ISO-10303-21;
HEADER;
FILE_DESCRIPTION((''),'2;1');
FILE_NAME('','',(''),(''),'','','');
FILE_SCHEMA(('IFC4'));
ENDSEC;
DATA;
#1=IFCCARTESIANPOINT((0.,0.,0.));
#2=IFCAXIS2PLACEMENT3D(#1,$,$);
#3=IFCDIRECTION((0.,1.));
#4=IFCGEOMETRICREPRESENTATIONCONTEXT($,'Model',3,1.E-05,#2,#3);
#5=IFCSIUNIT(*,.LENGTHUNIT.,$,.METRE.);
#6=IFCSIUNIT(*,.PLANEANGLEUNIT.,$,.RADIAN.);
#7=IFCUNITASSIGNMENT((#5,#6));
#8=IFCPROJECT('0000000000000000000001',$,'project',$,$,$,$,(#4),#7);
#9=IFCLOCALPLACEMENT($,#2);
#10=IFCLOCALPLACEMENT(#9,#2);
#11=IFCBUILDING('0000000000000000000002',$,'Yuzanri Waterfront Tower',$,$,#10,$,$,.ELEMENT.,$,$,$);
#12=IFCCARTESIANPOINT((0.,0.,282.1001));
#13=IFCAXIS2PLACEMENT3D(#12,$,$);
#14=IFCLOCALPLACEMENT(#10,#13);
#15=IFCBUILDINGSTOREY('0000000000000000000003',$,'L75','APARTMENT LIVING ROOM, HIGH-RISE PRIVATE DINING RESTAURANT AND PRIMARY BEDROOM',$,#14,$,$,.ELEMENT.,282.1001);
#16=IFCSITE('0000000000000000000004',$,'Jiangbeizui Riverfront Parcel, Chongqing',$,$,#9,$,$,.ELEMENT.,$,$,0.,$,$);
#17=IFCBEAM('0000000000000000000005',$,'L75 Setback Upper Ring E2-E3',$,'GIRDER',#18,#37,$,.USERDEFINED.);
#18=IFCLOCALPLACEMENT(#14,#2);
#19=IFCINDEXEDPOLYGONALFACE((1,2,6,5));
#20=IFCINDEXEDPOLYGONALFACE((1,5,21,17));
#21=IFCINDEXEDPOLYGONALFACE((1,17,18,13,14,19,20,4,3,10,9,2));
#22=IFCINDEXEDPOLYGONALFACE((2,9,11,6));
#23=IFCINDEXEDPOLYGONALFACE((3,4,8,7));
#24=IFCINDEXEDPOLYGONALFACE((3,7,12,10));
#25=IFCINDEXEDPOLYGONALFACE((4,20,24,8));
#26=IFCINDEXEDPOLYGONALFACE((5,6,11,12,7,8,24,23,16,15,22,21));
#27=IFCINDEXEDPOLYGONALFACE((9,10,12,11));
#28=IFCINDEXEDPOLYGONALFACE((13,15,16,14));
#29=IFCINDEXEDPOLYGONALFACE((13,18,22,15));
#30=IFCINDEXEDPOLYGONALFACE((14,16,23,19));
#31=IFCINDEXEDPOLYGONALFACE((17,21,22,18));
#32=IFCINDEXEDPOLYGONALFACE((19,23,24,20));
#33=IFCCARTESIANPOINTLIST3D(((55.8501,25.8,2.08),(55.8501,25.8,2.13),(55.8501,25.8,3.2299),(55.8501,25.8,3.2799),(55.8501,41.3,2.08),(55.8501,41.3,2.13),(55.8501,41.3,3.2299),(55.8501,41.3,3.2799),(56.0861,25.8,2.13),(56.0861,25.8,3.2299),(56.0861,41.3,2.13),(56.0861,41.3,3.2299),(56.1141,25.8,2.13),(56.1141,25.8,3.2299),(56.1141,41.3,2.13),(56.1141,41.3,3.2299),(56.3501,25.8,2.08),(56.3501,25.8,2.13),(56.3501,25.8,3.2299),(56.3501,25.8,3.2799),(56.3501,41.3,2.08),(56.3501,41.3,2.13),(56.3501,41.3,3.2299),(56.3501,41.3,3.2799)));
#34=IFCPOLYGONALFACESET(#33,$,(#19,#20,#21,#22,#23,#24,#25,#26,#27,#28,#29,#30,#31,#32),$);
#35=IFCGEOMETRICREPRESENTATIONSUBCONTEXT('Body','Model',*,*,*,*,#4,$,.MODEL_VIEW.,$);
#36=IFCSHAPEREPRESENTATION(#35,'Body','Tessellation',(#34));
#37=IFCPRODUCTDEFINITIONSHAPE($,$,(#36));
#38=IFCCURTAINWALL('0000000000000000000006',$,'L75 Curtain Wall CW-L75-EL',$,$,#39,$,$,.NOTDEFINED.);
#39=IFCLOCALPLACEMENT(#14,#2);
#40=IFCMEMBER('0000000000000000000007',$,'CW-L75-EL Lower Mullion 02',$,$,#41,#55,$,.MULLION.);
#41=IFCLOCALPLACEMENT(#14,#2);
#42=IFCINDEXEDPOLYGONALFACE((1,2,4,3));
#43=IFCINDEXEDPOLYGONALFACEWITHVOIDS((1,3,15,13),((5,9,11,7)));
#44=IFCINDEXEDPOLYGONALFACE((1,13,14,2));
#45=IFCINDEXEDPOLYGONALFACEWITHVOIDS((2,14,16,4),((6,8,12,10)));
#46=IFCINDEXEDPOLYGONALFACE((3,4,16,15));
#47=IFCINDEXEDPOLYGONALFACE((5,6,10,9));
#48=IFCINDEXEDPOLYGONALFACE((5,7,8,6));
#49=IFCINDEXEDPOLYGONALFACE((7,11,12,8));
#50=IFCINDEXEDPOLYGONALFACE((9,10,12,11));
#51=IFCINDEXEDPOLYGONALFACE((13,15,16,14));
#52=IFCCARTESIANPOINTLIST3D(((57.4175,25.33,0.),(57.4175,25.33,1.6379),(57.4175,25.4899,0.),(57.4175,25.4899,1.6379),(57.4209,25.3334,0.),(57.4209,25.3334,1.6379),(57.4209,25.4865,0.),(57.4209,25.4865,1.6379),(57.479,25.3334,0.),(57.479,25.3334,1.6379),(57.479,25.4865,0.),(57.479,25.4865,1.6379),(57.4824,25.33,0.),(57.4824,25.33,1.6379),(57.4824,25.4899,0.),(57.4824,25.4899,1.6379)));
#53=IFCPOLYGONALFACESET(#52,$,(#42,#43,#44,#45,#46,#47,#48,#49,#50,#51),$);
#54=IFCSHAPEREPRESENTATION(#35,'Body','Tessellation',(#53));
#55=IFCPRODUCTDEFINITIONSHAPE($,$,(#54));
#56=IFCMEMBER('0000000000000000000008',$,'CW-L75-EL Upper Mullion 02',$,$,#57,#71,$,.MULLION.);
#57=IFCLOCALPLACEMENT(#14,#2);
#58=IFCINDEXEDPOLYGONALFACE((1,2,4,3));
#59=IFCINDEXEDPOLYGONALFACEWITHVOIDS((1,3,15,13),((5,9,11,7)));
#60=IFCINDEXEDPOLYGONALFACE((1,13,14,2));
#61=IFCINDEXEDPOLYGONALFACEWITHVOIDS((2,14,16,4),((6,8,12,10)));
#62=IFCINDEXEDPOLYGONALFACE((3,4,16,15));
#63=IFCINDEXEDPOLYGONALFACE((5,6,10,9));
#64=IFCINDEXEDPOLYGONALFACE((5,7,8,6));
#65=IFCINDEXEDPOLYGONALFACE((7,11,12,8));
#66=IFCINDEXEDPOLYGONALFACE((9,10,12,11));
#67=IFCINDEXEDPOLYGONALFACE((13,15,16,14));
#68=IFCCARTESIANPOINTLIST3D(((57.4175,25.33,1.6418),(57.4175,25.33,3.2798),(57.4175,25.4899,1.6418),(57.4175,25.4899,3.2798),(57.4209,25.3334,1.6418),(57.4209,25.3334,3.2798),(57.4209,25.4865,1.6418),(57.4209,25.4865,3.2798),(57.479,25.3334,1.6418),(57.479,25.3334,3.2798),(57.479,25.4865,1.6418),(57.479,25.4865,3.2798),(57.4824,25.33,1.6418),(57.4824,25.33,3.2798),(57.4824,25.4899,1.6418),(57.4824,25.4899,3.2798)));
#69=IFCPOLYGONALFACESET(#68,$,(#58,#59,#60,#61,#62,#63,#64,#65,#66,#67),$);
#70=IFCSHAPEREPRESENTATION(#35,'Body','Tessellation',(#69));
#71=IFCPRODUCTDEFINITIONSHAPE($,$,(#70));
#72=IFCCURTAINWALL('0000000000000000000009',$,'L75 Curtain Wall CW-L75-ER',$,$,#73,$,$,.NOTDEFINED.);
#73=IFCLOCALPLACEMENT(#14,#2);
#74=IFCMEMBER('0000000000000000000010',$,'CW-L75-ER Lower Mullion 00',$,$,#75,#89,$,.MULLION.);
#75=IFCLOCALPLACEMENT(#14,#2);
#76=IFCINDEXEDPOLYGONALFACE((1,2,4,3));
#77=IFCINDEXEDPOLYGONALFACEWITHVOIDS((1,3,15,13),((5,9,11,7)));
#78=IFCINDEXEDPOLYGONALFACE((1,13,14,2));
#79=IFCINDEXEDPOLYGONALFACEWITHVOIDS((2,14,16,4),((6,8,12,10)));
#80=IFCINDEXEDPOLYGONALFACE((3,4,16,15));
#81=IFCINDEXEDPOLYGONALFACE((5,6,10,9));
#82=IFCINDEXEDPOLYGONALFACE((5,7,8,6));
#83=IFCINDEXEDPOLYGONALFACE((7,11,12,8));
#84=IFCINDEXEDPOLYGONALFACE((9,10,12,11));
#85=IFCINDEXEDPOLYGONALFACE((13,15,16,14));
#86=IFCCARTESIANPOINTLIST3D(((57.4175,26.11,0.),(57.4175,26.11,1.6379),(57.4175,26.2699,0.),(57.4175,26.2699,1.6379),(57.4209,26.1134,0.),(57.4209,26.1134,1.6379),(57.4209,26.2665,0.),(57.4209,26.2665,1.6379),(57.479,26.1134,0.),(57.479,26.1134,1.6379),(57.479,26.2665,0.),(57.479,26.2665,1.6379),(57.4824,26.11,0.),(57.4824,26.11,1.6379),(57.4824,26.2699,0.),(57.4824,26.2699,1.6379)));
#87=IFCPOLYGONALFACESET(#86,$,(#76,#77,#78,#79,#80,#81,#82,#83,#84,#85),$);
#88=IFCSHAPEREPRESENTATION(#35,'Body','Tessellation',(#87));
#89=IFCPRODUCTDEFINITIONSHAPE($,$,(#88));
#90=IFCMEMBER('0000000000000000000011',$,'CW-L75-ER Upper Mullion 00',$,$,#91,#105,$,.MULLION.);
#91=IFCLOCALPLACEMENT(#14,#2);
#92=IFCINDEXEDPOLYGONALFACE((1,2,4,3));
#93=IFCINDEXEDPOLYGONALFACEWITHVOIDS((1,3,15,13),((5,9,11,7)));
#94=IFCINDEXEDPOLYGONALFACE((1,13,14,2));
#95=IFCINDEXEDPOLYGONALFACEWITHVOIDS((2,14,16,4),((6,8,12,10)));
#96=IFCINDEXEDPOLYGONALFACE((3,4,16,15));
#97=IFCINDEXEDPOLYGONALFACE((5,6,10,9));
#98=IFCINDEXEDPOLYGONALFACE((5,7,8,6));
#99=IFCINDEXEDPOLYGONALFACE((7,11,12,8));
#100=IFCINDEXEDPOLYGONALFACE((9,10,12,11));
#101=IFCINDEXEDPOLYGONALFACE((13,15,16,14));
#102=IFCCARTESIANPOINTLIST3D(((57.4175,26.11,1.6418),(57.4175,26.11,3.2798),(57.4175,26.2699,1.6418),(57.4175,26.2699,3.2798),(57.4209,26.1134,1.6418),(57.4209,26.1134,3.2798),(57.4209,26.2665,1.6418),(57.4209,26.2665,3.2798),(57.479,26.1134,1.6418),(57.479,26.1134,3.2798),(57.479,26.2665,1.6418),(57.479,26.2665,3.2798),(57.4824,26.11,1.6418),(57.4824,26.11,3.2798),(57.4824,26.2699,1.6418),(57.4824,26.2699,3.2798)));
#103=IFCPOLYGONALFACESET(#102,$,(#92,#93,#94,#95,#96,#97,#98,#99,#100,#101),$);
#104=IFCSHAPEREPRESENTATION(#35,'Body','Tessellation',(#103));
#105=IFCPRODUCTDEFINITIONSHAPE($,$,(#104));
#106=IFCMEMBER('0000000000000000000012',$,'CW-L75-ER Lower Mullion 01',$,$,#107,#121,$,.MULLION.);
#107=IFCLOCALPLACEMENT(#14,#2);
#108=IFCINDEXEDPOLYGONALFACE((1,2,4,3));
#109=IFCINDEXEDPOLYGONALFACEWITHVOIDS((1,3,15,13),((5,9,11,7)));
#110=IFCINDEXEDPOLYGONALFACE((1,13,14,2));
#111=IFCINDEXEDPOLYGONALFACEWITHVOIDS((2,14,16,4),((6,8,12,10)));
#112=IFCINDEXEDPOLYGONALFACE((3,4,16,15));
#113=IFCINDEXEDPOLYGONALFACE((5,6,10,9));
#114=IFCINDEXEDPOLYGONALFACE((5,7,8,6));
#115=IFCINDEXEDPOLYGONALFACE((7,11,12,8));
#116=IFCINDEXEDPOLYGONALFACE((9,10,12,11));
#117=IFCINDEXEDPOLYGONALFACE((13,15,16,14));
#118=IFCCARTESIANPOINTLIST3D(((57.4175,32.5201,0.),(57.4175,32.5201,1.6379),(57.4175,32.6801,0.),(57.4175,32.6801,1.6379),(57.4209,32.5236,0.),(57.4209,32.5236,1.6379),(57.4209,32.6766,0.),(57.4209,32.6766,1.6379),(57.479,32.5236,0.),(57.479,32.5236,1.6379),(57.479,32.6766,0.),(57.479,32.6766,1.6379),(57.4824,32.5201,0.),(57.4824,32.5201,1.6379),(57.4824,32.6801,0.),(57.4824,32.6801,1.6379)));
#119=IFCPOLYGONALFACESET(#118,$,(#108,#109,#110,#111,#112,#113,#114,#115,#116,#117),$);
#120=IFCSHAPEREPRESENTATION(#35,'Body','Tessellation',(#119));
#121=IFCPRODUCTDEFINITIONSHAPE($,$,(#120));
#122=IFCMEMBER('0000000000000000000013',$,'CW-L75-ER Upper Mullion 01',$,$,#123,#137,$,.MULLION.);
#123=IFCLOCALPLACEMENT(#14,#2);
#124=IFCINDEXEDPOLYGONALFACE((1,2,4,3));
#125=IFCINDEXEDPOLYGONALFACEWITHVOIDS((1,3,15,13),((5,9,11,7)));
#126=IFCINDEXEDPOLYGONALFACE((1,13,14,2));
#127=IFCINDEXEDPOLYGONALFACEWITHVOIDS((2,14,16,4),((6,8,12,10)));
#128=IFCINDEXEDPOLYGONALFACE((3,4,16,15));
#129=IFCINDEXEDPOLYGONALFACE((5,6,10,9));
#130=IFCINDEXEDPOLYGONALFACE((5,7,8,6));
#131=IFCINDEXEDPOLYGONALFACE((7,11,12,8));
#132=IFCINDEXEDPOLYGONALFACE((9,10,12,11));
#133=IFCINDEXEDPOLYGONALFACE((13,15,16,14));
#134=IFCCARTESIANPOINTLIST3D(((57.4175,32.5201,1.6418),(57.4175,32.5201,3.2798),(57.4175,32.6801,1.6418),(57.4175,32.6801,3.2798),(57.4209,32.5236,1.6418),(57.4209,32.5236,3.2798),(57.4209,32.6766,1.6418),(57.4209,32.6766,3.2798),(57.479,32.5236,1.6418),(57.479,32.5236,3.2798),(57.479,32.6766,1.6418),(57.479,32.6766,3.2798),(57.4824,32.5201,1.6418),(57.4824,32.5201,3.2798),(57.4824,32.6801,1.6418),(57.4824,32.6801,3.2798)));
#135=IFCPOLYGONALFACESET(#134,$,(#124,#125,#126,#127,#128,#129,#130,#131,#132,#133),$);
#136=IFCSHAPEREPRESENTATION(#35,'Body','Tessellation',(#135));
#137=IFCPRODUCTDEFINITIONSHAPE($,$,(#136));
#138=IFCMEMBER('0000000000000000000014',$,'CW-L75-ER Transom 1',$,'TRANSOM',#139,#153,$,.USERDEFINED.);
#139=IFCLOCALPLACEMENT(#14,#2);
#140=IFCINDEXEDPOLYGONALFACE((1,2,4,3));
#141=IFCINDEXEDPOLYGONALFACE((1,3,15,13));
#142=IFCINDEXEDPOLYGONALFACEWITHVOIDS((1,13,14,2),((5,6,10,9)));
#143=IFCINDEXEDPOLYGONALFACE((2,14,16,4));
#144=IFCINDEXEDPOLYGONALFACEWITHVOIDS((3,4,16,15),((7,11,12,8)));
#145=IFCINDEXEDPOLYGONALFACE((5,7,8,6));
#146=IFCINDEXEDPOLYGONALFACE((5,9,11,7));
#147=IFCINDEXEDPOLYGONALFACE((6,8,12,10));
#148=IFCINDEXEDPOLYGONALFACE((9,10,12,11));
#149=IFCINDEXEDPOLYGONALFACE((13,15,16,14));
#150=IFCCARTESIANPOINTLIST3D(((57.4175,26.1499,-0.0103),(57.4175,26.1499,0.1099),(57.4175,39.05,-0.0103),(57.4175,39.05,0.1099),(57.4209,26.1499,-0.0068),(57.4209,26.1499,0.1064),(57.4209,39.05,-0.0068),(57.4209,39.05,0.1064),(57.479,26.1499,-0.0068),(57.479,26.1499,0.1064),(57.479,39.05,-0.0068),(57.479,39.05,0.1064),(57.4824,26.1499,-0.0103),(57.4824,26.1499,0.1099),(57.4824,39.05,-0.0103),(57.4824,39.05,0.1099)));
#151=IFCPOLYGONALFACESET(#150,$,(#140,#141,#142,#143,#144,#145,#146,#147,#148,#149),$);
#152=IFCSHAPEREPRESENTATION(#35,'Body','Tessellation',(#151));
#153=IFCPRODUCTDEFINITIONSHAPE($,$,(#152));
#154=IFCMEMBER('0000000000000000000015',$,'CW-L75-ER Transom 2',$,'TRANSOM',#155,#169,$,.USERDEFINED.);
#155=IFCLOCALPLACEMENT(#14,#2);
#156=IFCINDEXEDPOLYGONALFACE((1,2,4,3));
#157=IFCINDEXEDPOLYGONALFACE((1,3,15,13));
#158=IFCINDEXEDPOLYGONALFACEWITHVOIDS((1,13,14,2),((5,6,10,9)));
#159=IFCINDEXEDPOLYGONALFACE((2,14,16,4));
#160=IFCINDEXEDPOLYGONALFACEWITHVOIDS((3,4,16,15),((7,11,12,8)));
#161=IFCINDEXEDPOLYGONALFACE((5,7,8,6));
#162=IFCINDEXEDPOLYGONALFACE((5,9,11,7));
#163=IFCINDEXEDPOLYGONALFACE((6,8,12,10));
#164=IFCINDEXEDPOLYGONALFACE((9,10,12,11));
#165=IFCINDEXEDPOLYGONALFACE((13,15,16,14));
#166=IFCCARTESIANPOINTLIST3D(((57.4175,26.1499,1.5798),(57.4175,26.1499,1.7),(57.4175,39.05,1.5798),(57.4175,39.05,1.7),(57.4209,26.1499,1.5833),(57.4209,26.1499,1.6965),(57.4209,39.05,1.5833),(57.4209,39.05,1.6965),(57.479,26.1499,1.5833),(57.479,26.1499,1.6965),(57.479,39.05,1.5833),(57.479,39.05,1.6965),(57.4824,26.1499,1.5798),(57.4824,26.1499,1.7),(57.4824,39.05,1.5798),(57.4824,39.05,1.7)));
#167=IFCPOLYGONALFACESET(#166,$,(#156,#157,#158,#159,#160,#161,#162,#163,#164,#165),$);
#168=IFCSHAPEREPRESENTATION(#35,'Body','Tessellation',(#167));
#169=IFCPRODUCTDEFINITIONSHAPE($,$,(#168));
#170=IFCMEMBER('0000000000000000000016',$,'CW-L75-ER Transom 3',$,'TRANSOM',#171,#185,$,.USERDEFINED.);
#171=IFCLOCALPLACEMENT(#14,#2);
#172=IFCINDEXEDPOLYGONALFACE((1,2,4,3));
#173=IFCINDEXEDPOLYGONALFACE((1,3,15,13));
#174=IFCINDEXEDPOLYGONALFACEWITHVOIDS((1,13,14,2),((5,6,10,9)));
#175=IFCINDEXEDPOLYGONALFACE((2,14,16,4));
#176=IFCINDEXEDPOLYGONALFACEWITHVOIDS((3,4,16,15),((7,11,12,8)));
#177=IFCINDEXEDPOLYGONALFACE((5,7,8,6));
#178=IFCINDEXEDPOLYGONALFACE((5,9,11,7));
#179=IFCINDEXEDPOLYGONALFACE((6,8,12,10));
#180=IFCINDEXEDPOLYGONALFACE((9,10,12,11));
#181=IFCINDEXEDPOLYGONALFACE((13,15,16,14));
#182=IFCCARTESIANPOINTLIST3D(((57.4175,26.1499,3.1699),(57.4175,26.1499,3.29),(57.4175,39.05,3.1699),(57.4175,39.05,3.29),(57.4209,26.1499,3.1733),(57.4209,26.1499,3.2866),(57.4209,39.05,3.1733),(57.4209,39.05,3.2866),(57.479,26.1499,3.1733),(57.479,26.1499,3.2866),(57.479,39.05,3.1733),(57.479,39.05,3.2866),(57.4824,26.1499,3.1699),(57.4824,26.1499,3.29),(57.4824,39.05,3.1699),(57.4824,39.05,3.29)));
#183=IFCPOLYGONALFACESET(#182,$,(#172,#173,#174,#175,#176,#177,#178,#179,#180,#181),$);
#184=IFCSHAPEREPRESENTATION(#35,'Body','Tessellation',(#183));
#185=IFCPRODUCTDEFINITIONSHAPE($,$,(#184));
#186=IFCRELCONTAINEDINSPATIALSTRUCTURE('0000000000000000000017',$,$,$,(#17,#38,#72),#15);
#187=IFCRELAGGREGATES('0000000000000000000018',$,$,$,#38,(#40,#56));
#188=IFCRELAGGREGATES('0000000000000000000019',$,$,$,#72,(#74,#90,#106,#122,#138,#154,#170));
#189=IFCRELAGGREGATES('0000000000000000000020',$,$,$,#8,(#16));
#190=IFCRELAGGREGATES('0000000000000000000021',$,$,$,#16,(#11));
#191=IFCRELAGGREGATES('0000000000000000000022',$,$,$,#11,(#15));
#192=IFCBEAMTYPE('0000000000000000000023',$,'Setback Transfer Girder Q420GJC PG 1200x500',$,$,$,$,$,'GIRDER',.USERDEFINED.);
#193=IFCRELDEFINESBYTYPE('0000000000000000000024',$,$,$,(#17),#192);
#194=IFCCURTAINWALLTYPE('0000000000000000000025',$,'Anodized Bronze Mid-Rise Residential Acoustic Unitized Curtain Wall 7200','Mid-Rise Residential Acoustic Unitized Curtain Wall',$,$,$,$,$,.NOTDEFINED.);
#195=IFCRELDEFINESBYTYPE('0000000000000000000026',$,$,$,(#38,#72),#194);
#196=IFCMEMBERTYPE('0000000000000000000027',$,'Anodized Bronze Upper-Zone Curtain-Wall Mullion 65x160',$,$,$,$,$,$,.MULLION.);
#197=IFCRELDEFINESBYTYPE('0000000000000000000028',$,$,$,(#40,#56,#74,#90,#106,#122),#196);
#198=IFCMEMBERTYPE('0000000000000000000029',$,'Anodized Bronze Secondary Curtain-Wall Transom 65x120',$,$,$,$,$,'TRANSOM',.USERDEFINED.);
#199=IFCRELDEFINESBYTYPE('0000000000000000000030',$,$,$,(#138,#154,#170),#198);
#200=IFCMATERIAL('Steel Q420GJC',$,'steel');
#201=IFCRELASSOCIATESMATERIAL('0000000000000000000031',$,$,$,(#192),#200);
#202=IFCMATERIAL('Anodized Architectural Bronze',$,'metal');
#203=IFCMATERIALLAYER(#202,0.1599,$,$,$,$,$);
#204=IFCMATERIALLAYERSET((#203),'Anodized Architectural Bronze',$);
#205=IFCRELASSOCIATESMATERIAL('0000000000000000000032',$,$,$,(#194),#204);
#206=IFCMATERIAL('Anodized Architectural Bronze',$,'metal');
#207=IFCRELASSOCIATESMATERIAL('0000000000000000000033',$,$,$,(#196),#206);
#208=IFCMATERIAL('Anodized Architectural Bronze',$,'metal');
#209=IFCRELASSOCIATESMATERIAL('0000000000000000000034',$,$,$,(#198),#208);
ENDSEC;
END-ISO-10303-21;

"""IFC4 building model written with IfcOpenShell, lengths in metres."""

from ifc_helpers import new_model, si_unit, direction, frame, origin, origin_2d, place, context, subcontext, project, spatial, hollow_rectangle, i_section, extrude, source, transform, mapped, material, layer, layer_set, material_profile, profile_set, type_object, element, aggregate, save


model = new_model("IFC4")

# Units and contexts
model_context = context("Model", 3, precision=1e-05, world=origin(), true_north=direction((0.0, 1.0)))
body_context = subcontext(model_context, "Body", "Model", "MODEL_VIEW")
ifc_project = project(units=[si_unit("LENGTHUNIT", "METRE"), si_unit("PLANEANGLEUNIT", "RADIAN")], contexts=[model_context])

# Site, building, storey
site_placement = place(None, origin())
site = spatial("IfcSite", under=ifc_project, at=site_placement, Name="Jiangbeizui Riverfront Parcel, Chongqing", CompositionType="ELEMENT", RefElevation=0.0)
building_placement = place(site_placement, origin())
building = spatial("IfcBuilding", under=site, at=building_placement, Name="Yuzanri Waterfront Tower", CompositionType="ELEMENT")
storey_placement = place(building_placement, frame((0.0, 0.0, 282.1001)))
storey = spatial("IfcBuildingStorey", under=building, at=storey_placement, Name="L75", Description="APARTMENT LIVING ROOM, HIGH-RISE PRIVATE DINING RESTAURANT AND PRIMARY BEDROOM", CompositionType="ELEMENT", Elevation=282.1001)

# Beam
ifc_material_1 = material(Name="Steel Q420GJC", Category="steel")
ifc_material_profile_1 = material_profile(ifc_material_1, i_section(OverallWidth=0.5, OverallDepth=1.2, WebThickness=0.0281, FlangeThickness=0.05, at=origin_2d()), Name="PG 1200x500x28x50")
ifc_profile_set_1 = profile_set([ifc_material_profile_1], Name="Steel Q420GJC")
beam_type_1 = type_object("IfcBeamType", Name="Setback Transfer Girder Q420GJC PG 1200x500", ElementType="GIRDER", PredefinedType="USERDEFINED", material=ifc_profile_set_1)
shared_shape_1 = source(origin(), body_context, "Body", "SweptSolid", [
    extrude(i_section(OverallWidth=0.5, OverallDepth=1.2, WebThickness=0.0281, FlangeThickness=0.05, at=origin_2d()), origin(), (0.0, 0.0, 1.0), 15.5),
])
beam_1_placement = place(storey_placement, frame((56.1001, 25.8, 2.6799), z_axis=(0.0, 1.0, 0.0), x_axis=(-1.0, 0.0, 0.0)))
element("IfcBeam", 1, at=beam_1_placement, inside=storey, type_object=beam_type_1, Name="L75 Setback Upper Ring E2-E3", ObjectType="GIRDER", PredefinedType="USERDEFINED", context=body_context, shape_type="MappedRepresentation", body=[
    mapped(shared_shape_1, transform((0.0, 0.0, 0.0), scale=1.0)),
])

# Curtain walls, members
ifc_material_2 = material(Name="Anodized Architectural Bronze", Category="metal")
ifc_layer_1 = layer(ifc_material_2, 0.1599)
ifc_layer_set_1 = layer_set([ifc_layer_1], Name="Anodized Architectural Bronze")
curtain_wall_type = type_object("IfcCurtainWallType", Name="Anodized Bronze Mid-Rise Residential Acoustic Unitized Curtain Wall 7200", Description="Mid-Rise Residential Acoustic Unitized Curtain Wall", PredefinedType="NOTDEFINED", material=ifc_layer_set_1)
curtain_wall_1_placement = place(storey_placement, origin())
curtain_wall_1 = element("IfcCurtainWall", 2, at=curtain_wall_1_placement, inside=storey, type_object=curtain_wall_type, Name="L75 Curtain Wall CW-L75-EL", PredefinedType="NOTDEFINED")
ifc_material_3 = material(Name="Anodized Architectural Bronze", Category="metal")
ifc_material_profile_2 = material_profile(ifc_material_3, hollow_rectangle(XDim=0.0649, YDim=0.1599, WallThickness=0.0034, at=origin_2d()), Name="CWM 65x160")
ifc_profile_set_2 = profile_set([ifc_material_profile_2], Name="Anodized Architectural Bronze")
member_type_1 = type_object("IfcMemberType", Name="Anodized Bronze Upper-Zone Curtain-Wall Mullion 65x160", PredefinedType="MULLION", material=ifc_profile_set_2)
shared_shape_2 = source(origin(), body_context, "Body", "SweptSolid", [
    extrude(hollow_rectangle(XDim=0.0649, YDim=0.1599, WallThickness=0.0034, at=origin_2d()), origin(), (0.0, 0.0, 1.0), 1.6379),
])
member_1_placement = place(storey_placement, frame((57.45, 25.4099, 0.0), z_axis=(0.0, 0.0, 1.0), x_axis=(1.0, 0.0, 0.0)))
member_1 = element("IfcMember", 3, at=member_1_placement, type_object=member_type_1, Name="CW-L75-EL Lower Mullion 02", PredefinedType="MULLION", context=body_context, shape_type="MappedRepresentation", body=[
    mapped(shared_shape_2, transform((0.0, 0.0, 0.0), scale=1.0)),
])
member_2_placement = place(storey_placement, frame((57.45, 25.4099, 1.6418), z_axis=(0.0, 0.0, 1.0), x_axis=(1.0, 0.0, 0.0)))
member_2 = element("IfcMember", 4, at=member_2_placement, type_object=member_type_1, Name="CW-L75-EL Upper Mullion 02", PredefinedType="MULLION", context=body_context, shape_type="MappedRepresentation", body=[
    mapped(shared_shape_2, transform((0.0, 0.0, 0.0), scale=1.0)),
])
aggregate(curtain_wall_1, [member_1, member_2])
curtain_wall_2_placement = place(storey_placement, origin())
curtain_wall_2 = element("IfcCurtainWall", 5, at=curtain_wall_2_placement, inside=storey, type_object=curtain_wall_type, Name="L75 Curtain Wall CW-L75-ER", PredefinedType="NOTDEFINED")
member_3_placement = place(storey_placement, frame((57.45, 26.1899, 0.0), z_axis=(0.0, 0.0, 1.0), x_axis=(1.0, 0.0, 0.0)))
member_3 = element("IfcMember", 6, at=member_3_placement, type_object=member_type_1, Name="CW-L75-ER Lower Mullion 00", PredefinedType="MULLION", context=body_context, shape_type="MappedRepresentation", body=[
    mapped(shared_shape_2, transform((0.0, 0.0, 0.0), scale=1.0)),
])
member_4_placement = place(storey_placement, frame((57.45, 26.1899, 1.6418), z_axis=(0.0, 0.0, 1.0), x_axis=(1.0, 0.0, 0.0)))
member_4 = element("IfcMember", 7, at=member_4_placement, type_object=member_type_1, Name="CW-L75-ER Upper Mullion 00", PredefinedType="MULLION", context=body_context, shape_type="MappedRepresentation", body=[
    mapped(shared_shape_2, transform((0.0, 0.0, 0.0), scale=1.0)),
])
member_5_placement = place(storey_placement, frame((57.45, 32.6001, 0.0), z_axis=(0.0, 0.0, 1.0), x_axis=(1.0, 0.0, 0.0)))
member_5 = element("IfcMember", 8, at=member_5_placement, type_object=member_type_1, Name="CW-L75-ER Lower Mullion 01", PredefinedType="MULLION", context=body_context, shape_type="MappedRepresentation", body=[
    mapped(shared_shape_2, transform((0.0, 0.0, 0.0), scale=1.0)),
])
member_6_placement = place(storey_placement, frame((57.45, 32.6001, 1.6418), z_axis=(0.0, 0.0, 1.0), x_axis=(1.0, 0.0, 0.0)))
member_6 = element("IfcMember", 9, at=member_6_placement, type_object=member_type_1, Name="CW-L75-ER Upper Mullion 01", PredefinedType="MULLION", context=body_context, shape_type="MappedRepresentation", body=[
    mapped(shared_shape_2, transform((0.0, 0.0, 0.0), scale=1.0)),
])
ifc_material_4 = material(Name="Anodized Architectural Bronze", Category="metal")
ifc_material_profile_3 = material_profile(ifc_material_4, hollow_rectangle(XDim=0.0649, YDim=0.1201, WallThickness=0.0034, at=origin_2d()), Name="CWT 65x120")
ifc_profile_set_3 = profile_set([ifc_material_profile_3], Name="Anodized Architectural Bronze")
member_type_2 = type_object("IfcMemberType", Name="Anodized Bronze Secondary Curtain-Wall Transom 65x120", ElementType="TRANSOM", PredefinedType="USERDEFINED", material=ifc_profile_set_3)
shared_shape_3 = source(origin(), body_context, "Body", "SweptSolid", [
    extrude(hollow_rectangle(XDim=0.0649, YDim=0.1201, WallThickness=0.0034, at=origin_2d()), origin(), (0.0, 0.0, 1.0), 12.9001),
])
member_7_placement = place(storey_placement, frame((57.45, 26.1499, 0.0498), z_axis=(0.0, 1.0, 0.0), x_axis=(-1.0, 0.0, 0.0)))
member_7 = element("IfcMember", 10, at=member_7_placement, type_object=member_type_2, Name="CW-L75-ER Transom 1", ObjectType="TRANSOM", PredefinedType="USERDEFINED", context=body_context, shape_type="MappedRepresentation", body=[
    mapped(shared_shape_3, transform((0.0, 0.0, 0.0), scale=1.0)),
])
member_8_placement = place(storey_placement, frame((57.45, 26.1499, 1.6399), z_axis=(0.0, 1.0, 0.0), x_axis=(-1.0, 0.0, 0.0)))
member_8 = element("IfcMember", 11, at=member_8_placement, type_object=member_type_2, Name="CW-L75-ER Transom 2", ObjectType="TRANSOM", PredefinedType="USERDEFINED", context=body_context, shape_type="MappedRepresentation", body=[
    mapped(shared_shape_3, transform((0.0, 0.0, 0.0), scale=1.0)),
])
member_9_placement = place(storey_placement, frame((57.45, 26.1499, 3.23), z_axis=(0.0, 1.0, 0.0), x_axis=(-1.0, 0.0, 0.0)))
member_9 = element("IfcMember", 12, at=member_9_placement, type_object=member_type_2, Name="CW-L75-ER Transom 3", ObjectType="TRANSOM", PredefinedType="USERDEFINED", context=body_context, shape_type="MappedRepresentation", body=[
    mapped(shared_shape_3, transform((0.0, 0.0, 0.0), scale=1.0)),
])

aggregate(curtain_wall_2, [member_3, member_4, member_5, member_6, member_7, member_8, member_9])

save(model, "model.ifc")
